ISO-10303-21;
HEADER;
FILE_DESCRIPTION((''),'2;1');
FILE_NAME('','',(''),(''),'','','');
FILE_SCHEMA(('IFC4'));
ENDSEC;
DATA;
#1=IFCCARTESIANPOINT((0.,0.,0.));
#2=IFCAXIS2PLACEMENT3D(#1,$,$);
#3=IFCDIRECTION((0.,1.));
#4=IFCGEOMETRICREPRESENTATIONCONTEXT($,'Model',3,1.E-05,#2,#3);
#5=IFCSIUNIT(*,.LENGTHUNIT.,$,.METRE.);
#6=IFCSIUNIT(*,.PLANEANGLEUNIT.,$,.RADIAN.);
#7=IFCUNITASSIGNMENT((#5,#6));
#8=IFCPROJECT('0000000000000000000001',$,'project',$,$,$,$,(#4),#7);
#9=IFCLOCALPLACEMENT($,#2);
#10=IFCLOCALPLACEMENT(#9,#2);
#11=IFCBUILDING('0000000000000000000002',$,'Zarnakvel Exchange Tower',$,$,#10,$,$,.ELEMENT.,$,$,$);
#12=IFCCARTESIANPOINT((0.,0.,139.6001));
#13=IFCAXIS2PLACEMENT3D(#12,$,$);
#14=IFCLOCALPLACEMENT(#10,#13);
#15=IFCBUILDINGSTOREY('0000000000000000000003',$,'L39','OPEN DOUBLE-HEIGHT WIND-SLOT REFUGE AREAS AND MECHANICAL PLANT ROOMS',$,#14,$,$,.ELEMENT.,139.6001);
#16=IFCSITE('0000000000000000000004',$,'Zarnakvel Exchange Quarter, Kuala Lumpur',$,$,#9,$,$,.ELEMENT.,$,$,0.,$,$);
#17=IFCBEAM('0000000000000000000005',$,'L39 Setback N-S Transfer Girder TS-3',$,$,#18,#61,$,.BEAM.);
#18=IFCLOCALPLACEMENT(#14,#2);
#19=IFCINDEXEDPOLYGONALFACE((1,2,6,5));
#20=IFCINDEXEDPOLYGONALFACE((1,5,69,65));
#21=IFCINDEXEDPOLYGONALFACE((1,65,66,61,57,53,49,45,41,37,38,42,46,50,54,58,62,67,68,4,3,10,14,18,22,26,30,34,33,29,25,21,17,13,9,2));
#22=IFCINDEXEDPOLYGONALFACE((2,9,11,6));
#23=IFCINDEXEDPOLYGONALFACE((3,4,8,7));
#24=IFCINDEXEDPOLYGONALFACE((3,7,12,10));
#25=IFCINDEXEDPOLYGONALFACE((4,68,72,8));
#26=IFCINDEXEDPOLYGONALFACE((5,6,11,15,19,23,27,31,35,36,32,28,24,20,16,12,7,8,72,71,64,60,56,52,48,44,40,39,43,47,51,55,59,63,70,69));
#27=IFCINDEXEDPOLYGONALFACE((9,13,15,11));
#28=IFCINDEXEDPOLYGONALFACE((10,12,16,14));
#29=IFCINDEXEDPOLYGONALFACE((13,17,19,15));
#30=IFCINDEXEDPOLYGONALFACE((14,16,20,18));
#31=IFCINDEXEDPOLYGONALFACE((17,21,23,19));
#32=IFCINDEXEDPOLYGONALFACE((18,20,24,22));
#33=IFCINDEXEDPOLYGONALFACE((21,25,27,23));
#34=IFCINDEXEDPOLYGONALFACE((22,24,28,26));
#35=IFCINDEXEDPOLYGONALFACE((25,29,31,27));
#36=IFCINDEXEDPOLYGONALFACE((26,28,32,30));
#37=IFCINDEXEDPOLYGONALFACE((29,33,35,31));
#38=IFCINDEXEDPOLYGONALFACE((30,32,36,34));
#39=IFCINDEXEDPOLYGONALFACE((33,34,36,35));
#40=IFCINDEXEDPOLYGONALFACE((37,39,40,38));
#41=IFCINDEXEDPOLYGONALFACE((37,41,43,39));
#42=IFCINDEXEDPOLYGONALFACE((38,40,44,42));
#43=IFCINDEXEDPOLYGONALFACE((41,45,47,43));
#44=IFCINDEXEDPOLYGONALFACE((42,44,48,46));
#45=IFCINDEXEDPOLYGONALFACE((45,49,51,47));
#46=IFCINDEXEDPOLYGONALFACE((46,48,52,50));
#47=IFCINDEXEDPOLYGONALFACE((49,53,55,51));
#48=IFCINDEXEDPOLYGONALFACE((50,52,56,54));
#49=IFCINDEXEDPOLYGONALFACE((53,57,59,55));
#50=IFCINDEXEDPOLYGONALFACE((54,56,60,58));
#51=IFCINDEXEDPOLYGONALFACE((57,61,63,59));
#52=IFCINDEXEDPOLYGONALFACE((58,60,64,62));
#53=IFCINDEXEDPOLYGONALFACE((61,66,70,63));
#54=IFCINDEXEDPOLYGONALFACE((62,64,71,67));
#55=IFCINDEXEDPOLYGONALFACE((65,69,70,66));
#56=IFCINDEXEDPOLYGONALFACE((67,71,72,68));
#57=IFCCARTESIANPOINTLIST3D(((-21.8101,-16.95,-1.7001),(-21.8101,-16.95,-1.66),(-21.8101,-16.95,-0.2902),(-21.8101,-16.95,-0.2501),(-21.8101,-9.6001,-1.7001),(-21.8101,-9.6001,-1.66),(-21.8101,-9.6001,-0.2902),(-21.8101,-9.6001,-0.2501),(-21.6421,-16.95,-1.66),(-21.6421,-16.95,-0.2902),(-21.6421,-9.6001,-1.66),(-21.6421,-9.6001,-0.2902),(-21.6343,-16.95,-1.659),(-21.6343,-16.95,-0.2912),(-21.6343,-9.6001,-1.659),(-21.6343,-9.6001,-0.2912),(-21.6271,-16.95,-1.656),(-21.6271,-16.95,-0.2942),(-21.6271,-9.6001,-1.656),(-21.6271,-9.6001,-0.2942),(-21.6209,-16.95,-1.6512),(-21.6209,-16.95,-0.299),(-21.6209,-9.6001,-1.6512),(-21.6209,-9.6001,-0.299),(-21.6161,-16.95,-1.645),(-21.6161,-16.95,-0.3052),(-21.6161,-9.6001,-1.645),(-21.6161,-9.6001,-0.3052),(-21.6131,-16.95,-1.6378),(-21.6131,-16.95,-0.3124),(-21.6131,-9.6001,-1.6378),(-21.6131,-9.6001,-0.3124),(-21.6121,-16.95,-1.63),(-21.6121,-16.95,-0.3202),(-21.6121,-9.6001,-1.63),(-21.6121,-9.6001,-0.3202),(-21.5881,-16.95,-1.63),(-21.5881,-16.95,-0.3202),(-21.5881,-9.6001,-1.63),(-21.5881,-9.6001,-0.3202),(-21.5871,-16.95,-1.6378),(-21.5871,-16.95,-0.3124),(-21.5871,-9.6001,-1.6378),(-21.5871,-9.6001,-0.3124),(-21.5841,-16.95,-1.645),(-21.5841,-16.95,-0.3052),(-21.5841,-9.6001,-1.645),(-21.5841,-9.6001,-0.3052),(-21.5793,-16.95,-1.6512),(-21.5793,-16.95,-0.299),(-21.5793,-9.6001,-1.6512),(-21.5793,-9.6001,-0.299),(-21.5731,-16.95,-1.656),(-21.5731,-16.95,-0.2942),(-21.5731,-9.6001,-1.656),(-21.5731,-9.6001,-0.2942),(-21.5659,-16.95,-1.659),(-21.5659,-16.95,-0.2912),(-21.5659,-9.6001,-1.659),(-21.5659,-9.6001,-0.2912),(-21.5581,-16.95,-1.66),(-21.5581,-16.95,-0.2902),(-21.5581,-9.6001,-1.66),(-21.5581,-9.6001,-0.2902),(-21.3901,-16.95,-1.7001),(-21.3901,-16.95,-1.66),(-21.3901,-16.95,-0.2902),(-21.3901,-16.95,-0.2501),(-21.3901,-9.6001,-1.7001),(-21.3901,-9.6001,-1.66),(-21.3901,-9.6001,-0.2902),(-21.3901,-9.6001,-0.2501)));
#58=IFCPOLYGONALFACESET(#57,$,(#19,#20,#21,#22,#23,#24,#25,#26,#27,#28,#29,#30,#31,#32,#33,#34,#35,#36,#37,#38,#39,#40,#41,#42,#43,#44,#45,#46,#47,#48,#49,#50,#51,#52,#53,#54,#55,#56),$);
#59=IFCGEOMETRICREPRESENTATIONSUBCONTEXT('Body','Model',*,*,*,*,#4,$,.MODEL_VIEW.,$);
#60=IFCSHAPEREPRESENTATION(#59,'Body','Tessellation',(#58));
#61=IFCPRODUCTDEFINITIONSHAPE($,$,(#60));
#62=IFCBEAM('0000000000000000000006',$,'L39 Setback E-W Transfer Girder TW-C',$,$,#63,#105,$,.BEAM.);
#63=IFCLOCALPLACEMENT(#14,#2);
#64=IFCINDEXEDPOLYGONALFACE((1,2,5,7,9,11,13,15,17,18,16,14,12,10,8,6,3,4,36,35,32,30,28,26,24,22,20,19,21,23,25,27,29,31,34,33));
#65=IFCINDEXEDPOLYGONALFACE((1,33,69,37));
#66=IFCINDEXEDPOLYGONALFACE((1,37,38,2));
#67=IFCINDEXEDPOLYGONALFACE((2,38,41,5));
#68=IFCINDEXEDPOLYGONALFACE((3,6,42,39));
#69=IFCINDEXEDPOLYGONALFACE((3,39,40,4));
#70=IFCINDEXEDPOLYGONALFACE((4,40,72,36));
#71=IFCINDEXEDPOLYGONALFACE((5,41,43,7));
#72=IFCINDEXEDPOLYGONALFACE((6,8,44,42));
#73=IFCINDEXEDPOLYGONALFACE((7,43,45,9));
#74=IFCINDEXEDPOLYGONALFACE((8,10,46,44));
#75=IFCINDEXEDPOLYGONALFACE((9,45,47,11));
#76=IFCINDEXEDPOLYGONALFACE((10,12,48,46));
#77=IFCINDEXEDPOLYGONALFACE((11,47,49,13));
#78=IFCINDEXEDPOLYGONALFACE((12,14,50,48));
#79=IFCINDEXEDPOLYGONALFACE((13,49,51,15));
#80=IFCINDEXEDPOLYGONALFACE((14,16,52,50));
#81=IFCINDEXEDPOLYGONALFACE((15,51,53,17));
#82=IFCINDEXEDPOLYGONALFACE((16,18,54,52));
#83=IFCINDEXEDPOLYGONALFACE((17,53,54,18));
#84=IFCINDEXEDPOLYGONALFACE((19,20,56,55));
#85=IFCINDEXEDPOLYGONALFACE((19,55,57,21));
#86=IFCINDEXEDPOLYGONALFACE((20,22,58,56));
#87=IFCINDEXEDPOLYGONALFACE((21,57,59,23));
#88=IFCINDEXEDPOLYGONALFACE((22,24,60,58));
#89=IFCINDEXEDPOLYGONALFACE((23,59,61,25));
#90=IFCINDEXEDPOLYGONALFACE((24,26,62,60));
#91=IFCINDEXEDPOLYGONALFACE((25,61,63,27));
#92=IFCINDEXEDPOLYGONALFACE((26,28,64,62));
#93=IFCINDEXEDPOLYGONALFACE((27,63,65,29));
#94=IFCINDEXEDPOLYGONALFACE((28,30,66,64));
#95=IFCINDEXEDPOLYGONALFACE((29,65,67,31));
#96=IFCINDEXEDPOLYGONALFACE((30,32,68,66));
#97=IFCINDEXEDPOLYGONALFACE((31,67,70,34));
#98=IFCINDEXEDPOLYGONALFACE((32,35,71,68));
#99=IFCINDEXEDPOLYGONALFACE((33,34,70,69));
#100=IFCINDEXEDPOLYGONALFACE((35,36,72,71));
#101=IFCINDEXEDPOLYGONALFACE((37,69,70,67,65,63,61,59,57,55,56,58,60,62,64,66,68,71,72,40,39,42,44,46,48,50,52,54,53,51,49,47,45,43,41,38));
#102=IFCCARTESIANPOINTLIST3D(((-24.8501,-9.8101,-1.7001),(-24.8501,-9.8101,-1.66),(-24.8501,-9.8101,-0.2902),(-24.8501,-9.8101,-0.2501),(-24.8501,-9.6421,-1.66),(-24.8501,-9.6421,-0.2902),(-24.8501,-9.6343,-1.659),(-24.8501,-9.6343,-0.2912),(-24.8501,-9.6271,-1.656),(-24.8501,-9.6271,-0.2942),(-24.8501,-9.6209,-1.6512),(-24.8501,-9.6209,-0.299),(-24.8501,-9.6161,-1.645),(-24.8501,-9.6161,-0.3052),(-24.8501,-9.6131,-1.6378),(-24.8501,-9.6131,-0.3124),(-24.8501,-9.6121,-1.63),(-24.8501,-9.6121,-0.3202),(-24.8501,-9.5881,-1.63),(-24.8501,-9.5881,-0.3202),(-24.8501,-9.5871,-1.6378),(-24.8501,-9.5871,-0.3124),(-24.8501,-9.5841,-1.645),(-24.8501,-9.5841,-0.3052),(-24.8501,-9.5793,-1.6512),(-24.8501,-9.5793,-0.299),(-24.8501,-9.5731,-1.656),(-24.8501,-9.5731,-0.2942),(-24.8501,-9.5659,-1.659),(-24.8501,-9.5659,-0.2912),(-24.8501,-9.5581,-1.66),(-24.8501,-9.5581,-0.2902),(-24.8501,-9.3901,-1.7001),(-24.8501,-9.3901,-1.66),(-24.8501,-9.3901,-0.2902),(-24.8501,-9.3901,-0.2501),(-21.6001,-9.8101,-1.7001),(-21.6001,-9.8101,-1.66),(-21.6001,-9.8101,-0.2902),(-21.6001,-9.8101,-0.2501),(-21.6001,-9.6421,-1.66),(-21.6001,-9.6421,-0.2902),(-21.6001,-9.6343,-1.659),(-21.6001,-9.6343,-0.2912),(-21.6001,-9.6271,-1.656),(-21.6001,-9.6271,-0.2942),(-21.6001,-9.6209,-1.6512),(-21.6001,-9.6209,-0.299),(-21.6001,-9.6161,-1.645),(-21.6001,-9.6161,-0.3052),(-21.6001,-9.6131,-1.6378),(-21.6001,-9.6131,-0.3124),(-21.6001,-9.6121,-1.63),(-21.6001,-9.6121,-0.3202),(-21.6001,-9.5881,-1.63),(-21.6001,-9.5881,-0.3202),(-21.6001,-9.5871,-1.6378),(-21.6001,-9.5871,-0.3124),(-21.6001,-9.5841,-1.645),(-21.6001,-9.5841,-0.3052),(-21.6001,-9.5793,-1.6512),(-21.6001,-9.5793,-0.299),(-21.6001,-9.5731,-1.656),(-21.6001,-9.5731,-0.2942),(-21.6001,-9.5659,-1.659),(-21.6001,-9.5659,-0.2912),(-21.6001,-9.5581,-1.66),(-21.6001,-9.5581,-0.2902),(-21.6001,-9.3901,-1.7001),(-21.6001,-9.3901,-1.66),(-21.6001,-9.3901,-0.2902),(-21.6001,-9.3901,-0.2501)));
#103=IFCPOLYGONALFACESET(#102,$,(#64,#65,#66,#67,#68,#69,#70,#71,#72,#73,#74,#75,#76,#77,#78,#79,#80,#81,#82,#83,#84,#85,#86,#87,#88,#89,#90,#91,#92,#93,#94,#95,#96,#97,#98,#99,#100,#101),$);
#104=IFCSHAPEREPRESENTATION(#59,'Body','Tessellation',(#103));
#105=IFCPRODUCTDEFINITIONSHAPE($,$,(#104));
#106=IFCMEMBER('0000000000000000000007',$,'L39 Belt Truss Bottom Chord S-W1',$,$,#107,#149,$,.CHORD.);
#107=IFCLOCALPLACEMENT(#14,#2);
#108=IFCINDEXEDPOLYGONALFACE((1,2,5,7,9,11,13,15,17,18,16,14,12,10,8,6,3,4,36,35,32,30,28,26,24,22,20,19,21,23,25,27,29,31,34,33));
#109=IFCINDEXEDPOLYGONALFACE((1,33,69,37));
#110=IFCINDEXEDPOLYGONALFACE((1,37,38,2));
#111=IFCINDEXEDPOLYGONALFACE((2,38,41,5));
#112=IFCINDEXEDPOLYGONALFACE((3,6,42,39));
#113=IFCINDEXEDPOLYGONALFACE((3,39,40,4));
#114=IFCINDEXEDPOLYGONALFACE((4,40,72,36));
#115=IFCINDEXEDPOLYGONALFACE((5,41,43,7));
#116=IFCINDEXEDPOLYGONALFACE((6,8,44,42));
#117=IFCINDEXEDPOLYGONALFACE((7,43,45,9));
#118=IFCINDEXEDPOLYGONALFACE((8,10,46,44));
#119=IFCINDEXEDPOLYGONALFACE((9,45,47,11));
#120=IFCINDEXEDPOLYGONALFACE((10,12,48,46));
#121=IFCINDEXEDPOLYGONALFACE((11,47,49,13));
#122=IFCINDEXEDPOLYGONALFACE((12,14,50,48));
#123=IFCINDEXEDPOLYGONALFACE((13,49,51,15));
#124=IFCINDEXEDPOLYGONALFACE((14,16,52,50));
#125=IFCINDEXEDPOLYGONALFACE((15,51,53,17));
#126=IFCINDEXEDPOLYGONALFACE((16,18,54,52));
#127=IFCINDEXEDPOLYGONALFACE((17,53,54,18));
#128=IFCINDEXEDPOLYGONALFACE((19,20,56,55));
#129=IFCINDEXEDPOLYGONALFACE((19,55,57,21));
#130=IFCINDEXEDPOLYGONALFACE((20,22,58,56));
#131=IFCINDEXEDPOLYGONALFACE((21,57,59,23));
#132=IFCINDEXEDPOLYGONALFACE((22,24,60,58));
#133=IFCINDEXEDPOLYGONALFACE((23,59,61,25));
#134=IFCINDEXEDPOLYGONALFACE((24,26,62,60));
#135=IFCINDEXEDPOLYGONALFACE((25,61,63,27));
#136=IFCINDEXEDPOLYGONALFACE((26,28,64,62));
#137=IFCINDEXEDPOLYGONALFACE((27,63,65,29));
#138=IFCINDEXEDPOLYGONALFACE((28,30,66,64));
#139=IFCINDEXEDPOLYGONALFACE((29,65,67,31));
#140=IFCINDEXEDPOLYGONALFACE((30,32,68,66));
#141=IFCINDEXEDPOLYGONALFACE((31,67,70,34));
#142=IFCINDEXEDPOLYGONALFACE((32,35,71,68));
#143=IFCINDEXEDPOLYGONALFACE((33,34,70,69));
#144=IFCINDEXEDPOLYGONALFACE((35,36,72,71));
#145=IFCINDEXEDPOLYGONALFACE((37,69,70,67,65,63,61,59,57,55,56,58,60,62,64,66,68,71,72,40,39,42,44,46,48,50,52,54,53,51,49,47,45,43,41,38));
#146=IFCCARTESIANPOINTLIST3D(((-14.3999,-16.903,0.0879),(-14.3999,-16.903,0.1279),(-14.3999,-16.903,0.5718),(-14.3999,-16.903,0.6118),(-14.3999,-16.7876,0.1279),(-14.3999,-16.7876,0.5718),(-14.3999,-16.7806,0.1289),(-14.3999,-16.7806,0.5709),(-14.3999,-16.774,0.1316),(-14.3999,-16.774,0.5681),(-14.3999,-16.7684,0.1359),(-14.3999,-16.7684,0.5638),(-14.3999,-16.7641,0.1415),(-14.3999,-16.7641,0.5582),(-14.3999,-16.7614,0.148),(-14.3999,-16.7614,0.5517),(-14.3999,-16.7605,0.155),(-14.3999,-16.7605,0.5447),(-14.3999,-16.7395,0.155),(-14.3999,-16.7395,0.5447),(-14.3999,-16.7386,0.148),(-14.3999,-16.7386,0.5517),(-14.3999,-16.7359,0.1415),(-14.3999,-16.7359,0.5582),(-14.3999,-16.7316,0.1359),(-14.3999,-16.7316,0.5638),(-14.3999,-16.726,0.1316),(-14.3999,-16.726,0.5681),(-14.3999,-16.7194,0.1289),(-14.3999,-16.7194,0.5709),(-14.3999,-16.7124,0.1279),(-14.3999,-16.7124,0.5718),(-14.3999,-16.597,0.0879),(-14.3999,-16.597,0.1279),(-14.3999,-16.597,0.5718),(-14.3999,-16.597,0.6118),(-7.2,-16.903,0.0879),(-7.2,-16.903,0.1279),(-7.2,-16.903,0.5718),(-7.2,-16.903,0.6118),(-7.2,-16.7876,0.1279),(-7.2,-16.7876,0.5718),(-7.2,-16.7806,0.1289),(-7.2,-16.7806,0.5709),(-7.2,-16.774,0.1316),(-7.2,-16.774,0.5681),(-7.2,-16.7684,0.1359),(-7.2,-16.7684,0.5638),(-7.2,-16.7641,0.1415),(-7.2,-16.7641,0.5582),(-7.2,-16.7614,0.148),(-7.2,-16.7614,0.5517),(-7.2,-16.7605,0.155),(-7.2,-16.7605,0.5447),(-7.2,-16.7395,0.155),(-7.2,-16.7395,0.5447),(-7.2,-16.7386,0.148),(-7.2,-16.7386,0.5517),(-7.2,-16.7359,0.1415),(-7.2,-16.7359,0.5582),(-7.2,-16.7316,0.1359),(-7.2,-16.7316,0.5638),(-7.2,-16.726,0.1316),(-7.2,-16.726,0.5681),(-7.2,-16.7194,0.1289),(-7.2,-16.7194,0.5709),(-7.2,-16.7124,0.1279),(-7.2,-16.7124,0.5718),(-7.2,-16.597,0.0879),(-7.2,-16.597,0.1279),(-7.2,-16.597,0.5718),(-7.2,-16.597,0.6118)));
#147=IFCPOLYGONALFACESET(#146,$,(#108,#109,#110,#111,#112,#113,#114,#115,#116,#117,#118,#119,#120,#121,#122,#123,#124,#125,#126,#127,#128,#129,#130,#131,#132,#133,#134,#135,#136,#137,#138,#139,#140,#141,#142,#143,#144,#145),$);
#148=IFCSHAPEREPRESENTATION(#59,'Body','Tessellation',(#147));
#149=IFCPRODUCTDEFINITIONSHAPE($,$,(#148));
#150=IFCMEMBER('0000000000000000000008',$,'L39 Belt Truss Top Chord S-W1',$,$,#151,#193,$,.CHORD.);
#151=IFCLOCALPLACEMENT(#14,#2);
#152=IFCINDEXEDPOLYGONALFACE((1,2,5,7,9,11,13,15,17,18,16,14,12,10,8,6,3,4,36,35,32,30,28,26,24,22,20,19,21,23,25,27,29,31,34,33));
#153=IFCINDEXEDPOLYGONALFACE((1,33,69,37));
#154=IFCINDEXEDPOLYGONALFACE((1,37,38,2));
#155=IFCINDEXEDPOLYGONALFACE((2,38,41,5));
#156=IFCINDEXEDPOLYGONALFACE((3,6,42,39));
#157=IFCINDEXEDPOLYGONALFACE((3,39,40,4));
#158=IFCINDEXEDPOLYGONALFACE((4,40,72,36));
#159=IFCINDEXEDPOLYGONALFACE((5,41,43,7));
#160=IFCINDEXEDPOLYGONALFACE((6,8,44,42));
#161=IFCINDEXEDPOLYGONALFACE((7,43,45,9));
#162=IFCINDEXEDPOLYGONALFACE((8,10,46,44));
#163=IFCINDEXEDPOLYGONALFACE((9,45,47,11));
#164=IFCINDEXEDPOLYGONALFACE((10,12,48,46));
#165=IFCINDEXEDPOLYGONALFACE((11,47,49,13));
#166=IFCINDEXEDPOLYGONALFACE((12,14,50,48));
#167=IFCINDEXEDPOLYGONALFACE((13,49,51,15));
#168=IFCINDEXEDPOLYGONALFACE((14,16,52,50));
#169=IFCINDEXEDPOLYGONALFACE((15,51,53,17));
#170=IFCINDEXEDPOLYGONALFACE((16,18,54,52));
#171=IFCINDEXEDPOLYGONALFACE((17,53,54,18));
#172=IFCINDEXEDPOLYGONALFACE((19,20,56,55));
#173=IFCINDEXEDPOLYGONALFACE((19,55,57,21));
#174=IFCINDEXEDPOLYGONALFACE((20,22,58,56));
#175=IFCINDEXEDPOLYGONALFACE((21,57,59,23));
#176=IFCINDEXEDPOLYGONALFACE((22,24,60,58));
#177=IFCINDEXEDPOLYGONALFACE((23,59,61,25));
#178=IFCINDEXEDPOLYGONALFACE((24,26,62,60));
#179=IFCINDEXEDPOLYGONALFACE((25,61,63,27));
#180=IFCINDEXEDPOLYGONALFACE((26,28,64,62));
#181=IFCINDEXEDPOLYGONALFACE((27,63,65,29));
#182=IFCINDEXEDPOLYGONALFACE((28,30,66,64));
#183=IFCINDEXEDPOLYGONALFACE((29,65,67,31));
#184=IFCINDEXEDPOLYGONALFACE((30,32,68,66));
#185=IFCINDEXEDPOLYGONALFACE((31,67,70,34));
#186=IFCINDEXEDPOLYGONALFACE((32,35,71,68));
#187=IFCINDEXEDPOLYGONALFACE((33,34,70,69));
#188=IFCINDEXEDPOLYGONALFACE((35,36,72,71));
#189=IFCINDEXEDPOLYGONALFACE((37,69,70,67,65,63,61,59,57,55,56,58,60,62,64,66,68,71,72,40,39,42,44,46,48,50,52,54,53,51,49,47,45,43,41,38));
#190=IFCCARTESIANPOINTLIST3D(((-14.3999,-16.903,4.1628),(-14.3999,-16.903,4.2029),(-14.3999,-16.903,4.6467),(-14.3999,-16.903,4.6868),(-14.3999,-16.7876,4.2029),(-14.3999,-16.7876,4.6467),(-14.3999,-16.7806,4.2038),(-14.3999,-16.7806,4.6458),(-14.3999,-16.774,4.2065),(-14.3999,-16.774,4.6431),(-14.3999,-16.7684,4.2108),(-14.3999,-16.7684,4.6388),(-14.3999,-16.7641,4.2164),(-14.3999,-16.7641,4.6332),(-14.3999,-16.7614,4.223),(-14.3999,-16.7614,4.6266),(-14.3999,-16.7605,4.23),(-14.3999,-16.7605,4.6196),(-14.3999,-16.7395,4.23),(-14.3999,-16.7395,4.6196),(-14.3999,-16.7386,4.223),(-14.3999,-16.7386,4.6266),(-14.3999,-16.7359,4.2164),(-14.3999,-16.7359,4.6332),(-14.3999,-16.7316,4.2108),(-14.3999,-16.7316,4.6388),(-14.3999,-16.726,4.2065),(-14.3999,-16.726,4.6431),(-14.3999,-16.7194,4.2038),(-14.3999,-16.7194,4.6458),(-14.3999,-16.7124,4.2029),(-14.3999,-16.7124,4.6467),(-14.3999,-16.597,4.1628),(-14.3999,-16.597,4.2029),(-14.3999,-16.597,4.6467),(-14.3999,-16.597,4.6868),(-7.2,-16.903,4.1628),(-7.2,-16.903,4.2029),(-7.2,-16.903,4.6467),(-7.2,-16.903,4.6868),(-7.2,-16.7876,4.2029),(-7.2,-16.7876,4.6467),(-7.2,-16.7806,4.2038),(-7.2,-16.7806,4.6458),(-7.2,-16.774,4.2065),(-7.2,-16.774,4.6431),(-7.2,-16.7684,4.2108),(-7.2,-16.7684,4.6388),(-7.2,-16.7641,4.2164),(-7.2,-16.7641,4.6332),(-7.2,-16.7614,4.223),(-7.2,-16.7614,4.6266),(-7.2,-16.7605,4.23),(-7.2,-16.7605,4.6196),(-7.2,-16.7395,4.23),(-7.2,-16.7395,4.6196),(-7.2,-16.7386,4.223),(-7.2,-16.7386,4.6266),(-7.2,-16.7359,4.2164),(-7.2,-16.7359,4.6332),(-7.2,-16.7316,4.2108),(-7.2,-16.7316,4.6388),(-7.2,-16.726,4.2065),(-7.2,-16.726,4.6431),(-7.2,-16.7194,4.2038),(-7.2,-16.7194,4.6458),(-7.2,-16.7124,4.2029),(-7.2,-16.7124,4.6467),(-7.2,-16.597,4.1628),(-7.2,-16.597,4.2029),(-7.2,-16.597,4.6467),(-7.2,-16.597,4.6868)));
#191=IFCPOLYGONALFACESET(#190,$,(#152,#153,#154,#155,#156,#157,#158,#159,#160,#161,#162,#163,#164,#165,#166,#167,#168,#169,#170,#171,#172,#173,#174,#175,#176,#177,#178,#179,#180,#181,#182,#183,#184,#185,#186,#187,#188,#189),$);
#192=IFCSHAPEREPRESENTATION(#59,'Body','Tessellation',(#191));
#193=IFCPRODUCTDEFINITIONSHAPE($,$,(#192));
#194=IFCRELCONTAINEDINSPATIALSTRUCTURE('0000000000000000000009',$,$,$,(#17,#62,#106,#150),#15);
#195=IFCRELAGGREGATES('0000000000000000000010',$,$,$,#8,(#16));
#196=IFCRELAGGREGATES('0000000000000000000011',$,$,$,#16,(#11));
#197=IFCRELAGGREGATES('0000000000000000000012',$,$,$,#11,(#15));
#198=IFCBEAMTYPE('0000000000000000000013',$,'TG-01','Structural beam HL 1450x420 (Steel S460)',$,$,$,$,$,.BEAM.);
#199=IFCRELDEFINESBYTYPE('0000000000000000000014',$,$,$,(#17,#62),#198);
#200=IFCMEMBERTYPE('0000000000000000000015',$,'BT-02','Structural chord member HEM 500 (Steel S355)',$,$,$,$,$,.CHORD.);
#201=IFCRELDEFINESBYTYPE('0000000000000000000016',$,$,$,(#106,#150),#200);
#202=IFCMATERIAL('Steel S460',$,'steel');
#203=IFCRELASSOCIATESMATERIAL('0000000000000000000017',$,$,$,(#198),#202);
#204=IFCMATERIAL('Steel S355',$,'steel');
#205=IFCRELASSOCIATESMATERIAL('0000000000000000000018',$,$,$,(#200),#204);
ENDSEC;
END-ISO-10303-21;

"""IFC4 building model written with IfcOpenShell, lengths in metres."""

from ifc_helpers import new_model, si_unit, direction, frame, origin, origin_2d, place, context, subcontext, project, spatial, i_section, extrude, source, transform, mapped, material, material_profile, profile_set, type_object, element, save


model = new_model("IFC4")

# Units and contexts
model_context = context("Model", 3, precision=1e-05, world=origin(), true_north=direction((0.0, 1.0)))
body_context = subcontext(model_context, "Body", "Model", "MODEL_VIEW")
ifc_project = project(units=[si_unit("LENGTHUNIT", "METRE"), si_unit("PLANEANGLEUNIT", "RADIAN")], contexts=[model_context])

# Site, building, storey
site_placement = place(None, origin())
site = spatial("IfcSite", under=ifc_project, at=site_placement, Name="Zarnakvel Exchange Quarter, Kuala Lumpur", CompositionType="ELEMENT", RefElevation=0.0)
building_placement = place(site_placement, origin())
building = spatial("IfcBuilding", under=site, at=building_placement, Name="Zarnakvel Exchange Tower", CompositionType="ELEMENT")
storey_placement = place(building_placement, frame((0.0, 0.0, 139.6001)))
storey = spatial("IfcBuildingStorey", under=building, at=storey_placement, Name="L39", Description="OPEN DOUBLE-HEIGHT WIND-SLOT REFUGE AREAS AND MECHANICAL PLANT ROOMS", CompositionType="ELEMENT", Elevation=139.6001)

# Shared definitions
ifc_material_1 = material(Name="Steel S355", Category="steel")

# Beams
ifc_material_2 = material(Name="Steel S460", Category="steel")
ifc_material_profile_1 = material_profile(ifc_material_2, i_section(OverallWidth=0.4199, OverallDepth=1.45, WebThickness=0.0239, FlangeThickness=0.04, FilletRadius=0.03, at=origin_2d()))
ifc_profile_set_1 = profile_set([ifc_material_profile_1], Name="Steel S460")
beam_type_1 = type_object("IfcBeamType", Name="TG-01", Description="Structural beam HL 1450x420 (Steel S460)", PredefinedType="BEAM", material=ifc_profile_set_1)
for number, where, z_axis, x_axis, name in (
    (1, (-21.6001, -16.95, -0.9751), (0.0, 1.0, 0.0), (-1.0, 0.0, 0.0), "L39 Setback N-S Transfer Girder TS-3"),
):
    element("IfcBeam", number, at=place(storey_placement, frame(where, z_axis=z_axis, x_axis=x_axis)), inside=storey, type_object=beam_type_1, Name=name, PredefinedType="BEAM", context=body_context, shape_type="SweptSolid", body=[
        extrude(i_section(OverallWidth=0.4199, OverallDepth=1.45, WebThickness=0.0239, FlangeThickness=0.04, FilletRadius=0.03, at=origin_2d()), origin(), (0.0, 0.0, 1.0), 7.3499),
    ])
beam_1_placement = place(storey_placement, frame((-24.8501, -9.6001, -0.9751), z_axis=(1.0, 0.0, 0.0), x_axis=(0.0, 1.0, 0.0)))
element("IfcBeam", 2, at=beam_1_placement, inside=storey, type_object=beam_type_1, Name="L39 Setback E-W Transfer Girder TW-C", PredefinedType="BEAM", context=body_context, shape_type="SweptSolid", body=[
    extrude(i_section(OverallWidth=0.4199, OverallDepth=1.45, WebThickness=0.0239, FlangeThickness=0.04, FilletRadius=0.03, at=origin_2d()), origin(), (0.0, 0.0, 1.0), 3.25),
])

# Members
ifc_material_profile_2 = material_profile(ifc_material_1, i_section(OverallWidth=0.3059, OverallDepth=0.5239, WebThickness=0.021, FlangeThickness=0.04, FilletRadius=0.0271, at=origin_2d()))
ifc_profile_set_2 = profile_set([ifc_material_profile_2], Name="Steel S355")
member_type_1 = type_object("IfcMemberType", Name="BT-02", Description="Structural chord member HEM 500 (Steel S355)", PredefinedType="CHORD", material=ifc_profile_set_2)
shared_shape_1 = source(origin(), body_context, "Body", "SweptSolid", [
    extrude(i_section(OverallWidth=0.3059, OverallDepth=0.5239, WebThickness=0.021, FlangeThickness=0.04, FilletRadius=0.0271, at=origin_2d()), origin(), (0.0, 0.0, 1.0), 7.2),
])
for number, where, z_axis, x_axis, name in (
    (3, (-14.3999, -16.75, 0.3499), (1.0, 0.0, 0.0), (0.0, 1.0, 0.0), "L39 Belt Truss Bottom Chord S-W1"),
    (4, (-14.3999, -16.75, 4.4248), (1.0, 0.0, 0.0), (0.0, 1.0, 0.0), "L39 Belt Truss Top Chord S-W1"),
):
    element("IfcMember", number, at=place(storey_placement, frame(where, z_axis=z_axis, x_axis=x_axis)), inside=storey, type_object=member_type_1, Name=name, PredefinedType="CHORD", context=body_context, shape_type="MappedRepresentation", body=[
        mapped(shared_shape_1, transform((0.0, 0.0, 0.0), x_axis=(1.0, 0.0, 0.0), y_axis=(0.0, 1.0, 0.0), z_axis=(0.0, 0.0, 1.0), scale=1.0)),
    ])

save(model, "model.ifc")
